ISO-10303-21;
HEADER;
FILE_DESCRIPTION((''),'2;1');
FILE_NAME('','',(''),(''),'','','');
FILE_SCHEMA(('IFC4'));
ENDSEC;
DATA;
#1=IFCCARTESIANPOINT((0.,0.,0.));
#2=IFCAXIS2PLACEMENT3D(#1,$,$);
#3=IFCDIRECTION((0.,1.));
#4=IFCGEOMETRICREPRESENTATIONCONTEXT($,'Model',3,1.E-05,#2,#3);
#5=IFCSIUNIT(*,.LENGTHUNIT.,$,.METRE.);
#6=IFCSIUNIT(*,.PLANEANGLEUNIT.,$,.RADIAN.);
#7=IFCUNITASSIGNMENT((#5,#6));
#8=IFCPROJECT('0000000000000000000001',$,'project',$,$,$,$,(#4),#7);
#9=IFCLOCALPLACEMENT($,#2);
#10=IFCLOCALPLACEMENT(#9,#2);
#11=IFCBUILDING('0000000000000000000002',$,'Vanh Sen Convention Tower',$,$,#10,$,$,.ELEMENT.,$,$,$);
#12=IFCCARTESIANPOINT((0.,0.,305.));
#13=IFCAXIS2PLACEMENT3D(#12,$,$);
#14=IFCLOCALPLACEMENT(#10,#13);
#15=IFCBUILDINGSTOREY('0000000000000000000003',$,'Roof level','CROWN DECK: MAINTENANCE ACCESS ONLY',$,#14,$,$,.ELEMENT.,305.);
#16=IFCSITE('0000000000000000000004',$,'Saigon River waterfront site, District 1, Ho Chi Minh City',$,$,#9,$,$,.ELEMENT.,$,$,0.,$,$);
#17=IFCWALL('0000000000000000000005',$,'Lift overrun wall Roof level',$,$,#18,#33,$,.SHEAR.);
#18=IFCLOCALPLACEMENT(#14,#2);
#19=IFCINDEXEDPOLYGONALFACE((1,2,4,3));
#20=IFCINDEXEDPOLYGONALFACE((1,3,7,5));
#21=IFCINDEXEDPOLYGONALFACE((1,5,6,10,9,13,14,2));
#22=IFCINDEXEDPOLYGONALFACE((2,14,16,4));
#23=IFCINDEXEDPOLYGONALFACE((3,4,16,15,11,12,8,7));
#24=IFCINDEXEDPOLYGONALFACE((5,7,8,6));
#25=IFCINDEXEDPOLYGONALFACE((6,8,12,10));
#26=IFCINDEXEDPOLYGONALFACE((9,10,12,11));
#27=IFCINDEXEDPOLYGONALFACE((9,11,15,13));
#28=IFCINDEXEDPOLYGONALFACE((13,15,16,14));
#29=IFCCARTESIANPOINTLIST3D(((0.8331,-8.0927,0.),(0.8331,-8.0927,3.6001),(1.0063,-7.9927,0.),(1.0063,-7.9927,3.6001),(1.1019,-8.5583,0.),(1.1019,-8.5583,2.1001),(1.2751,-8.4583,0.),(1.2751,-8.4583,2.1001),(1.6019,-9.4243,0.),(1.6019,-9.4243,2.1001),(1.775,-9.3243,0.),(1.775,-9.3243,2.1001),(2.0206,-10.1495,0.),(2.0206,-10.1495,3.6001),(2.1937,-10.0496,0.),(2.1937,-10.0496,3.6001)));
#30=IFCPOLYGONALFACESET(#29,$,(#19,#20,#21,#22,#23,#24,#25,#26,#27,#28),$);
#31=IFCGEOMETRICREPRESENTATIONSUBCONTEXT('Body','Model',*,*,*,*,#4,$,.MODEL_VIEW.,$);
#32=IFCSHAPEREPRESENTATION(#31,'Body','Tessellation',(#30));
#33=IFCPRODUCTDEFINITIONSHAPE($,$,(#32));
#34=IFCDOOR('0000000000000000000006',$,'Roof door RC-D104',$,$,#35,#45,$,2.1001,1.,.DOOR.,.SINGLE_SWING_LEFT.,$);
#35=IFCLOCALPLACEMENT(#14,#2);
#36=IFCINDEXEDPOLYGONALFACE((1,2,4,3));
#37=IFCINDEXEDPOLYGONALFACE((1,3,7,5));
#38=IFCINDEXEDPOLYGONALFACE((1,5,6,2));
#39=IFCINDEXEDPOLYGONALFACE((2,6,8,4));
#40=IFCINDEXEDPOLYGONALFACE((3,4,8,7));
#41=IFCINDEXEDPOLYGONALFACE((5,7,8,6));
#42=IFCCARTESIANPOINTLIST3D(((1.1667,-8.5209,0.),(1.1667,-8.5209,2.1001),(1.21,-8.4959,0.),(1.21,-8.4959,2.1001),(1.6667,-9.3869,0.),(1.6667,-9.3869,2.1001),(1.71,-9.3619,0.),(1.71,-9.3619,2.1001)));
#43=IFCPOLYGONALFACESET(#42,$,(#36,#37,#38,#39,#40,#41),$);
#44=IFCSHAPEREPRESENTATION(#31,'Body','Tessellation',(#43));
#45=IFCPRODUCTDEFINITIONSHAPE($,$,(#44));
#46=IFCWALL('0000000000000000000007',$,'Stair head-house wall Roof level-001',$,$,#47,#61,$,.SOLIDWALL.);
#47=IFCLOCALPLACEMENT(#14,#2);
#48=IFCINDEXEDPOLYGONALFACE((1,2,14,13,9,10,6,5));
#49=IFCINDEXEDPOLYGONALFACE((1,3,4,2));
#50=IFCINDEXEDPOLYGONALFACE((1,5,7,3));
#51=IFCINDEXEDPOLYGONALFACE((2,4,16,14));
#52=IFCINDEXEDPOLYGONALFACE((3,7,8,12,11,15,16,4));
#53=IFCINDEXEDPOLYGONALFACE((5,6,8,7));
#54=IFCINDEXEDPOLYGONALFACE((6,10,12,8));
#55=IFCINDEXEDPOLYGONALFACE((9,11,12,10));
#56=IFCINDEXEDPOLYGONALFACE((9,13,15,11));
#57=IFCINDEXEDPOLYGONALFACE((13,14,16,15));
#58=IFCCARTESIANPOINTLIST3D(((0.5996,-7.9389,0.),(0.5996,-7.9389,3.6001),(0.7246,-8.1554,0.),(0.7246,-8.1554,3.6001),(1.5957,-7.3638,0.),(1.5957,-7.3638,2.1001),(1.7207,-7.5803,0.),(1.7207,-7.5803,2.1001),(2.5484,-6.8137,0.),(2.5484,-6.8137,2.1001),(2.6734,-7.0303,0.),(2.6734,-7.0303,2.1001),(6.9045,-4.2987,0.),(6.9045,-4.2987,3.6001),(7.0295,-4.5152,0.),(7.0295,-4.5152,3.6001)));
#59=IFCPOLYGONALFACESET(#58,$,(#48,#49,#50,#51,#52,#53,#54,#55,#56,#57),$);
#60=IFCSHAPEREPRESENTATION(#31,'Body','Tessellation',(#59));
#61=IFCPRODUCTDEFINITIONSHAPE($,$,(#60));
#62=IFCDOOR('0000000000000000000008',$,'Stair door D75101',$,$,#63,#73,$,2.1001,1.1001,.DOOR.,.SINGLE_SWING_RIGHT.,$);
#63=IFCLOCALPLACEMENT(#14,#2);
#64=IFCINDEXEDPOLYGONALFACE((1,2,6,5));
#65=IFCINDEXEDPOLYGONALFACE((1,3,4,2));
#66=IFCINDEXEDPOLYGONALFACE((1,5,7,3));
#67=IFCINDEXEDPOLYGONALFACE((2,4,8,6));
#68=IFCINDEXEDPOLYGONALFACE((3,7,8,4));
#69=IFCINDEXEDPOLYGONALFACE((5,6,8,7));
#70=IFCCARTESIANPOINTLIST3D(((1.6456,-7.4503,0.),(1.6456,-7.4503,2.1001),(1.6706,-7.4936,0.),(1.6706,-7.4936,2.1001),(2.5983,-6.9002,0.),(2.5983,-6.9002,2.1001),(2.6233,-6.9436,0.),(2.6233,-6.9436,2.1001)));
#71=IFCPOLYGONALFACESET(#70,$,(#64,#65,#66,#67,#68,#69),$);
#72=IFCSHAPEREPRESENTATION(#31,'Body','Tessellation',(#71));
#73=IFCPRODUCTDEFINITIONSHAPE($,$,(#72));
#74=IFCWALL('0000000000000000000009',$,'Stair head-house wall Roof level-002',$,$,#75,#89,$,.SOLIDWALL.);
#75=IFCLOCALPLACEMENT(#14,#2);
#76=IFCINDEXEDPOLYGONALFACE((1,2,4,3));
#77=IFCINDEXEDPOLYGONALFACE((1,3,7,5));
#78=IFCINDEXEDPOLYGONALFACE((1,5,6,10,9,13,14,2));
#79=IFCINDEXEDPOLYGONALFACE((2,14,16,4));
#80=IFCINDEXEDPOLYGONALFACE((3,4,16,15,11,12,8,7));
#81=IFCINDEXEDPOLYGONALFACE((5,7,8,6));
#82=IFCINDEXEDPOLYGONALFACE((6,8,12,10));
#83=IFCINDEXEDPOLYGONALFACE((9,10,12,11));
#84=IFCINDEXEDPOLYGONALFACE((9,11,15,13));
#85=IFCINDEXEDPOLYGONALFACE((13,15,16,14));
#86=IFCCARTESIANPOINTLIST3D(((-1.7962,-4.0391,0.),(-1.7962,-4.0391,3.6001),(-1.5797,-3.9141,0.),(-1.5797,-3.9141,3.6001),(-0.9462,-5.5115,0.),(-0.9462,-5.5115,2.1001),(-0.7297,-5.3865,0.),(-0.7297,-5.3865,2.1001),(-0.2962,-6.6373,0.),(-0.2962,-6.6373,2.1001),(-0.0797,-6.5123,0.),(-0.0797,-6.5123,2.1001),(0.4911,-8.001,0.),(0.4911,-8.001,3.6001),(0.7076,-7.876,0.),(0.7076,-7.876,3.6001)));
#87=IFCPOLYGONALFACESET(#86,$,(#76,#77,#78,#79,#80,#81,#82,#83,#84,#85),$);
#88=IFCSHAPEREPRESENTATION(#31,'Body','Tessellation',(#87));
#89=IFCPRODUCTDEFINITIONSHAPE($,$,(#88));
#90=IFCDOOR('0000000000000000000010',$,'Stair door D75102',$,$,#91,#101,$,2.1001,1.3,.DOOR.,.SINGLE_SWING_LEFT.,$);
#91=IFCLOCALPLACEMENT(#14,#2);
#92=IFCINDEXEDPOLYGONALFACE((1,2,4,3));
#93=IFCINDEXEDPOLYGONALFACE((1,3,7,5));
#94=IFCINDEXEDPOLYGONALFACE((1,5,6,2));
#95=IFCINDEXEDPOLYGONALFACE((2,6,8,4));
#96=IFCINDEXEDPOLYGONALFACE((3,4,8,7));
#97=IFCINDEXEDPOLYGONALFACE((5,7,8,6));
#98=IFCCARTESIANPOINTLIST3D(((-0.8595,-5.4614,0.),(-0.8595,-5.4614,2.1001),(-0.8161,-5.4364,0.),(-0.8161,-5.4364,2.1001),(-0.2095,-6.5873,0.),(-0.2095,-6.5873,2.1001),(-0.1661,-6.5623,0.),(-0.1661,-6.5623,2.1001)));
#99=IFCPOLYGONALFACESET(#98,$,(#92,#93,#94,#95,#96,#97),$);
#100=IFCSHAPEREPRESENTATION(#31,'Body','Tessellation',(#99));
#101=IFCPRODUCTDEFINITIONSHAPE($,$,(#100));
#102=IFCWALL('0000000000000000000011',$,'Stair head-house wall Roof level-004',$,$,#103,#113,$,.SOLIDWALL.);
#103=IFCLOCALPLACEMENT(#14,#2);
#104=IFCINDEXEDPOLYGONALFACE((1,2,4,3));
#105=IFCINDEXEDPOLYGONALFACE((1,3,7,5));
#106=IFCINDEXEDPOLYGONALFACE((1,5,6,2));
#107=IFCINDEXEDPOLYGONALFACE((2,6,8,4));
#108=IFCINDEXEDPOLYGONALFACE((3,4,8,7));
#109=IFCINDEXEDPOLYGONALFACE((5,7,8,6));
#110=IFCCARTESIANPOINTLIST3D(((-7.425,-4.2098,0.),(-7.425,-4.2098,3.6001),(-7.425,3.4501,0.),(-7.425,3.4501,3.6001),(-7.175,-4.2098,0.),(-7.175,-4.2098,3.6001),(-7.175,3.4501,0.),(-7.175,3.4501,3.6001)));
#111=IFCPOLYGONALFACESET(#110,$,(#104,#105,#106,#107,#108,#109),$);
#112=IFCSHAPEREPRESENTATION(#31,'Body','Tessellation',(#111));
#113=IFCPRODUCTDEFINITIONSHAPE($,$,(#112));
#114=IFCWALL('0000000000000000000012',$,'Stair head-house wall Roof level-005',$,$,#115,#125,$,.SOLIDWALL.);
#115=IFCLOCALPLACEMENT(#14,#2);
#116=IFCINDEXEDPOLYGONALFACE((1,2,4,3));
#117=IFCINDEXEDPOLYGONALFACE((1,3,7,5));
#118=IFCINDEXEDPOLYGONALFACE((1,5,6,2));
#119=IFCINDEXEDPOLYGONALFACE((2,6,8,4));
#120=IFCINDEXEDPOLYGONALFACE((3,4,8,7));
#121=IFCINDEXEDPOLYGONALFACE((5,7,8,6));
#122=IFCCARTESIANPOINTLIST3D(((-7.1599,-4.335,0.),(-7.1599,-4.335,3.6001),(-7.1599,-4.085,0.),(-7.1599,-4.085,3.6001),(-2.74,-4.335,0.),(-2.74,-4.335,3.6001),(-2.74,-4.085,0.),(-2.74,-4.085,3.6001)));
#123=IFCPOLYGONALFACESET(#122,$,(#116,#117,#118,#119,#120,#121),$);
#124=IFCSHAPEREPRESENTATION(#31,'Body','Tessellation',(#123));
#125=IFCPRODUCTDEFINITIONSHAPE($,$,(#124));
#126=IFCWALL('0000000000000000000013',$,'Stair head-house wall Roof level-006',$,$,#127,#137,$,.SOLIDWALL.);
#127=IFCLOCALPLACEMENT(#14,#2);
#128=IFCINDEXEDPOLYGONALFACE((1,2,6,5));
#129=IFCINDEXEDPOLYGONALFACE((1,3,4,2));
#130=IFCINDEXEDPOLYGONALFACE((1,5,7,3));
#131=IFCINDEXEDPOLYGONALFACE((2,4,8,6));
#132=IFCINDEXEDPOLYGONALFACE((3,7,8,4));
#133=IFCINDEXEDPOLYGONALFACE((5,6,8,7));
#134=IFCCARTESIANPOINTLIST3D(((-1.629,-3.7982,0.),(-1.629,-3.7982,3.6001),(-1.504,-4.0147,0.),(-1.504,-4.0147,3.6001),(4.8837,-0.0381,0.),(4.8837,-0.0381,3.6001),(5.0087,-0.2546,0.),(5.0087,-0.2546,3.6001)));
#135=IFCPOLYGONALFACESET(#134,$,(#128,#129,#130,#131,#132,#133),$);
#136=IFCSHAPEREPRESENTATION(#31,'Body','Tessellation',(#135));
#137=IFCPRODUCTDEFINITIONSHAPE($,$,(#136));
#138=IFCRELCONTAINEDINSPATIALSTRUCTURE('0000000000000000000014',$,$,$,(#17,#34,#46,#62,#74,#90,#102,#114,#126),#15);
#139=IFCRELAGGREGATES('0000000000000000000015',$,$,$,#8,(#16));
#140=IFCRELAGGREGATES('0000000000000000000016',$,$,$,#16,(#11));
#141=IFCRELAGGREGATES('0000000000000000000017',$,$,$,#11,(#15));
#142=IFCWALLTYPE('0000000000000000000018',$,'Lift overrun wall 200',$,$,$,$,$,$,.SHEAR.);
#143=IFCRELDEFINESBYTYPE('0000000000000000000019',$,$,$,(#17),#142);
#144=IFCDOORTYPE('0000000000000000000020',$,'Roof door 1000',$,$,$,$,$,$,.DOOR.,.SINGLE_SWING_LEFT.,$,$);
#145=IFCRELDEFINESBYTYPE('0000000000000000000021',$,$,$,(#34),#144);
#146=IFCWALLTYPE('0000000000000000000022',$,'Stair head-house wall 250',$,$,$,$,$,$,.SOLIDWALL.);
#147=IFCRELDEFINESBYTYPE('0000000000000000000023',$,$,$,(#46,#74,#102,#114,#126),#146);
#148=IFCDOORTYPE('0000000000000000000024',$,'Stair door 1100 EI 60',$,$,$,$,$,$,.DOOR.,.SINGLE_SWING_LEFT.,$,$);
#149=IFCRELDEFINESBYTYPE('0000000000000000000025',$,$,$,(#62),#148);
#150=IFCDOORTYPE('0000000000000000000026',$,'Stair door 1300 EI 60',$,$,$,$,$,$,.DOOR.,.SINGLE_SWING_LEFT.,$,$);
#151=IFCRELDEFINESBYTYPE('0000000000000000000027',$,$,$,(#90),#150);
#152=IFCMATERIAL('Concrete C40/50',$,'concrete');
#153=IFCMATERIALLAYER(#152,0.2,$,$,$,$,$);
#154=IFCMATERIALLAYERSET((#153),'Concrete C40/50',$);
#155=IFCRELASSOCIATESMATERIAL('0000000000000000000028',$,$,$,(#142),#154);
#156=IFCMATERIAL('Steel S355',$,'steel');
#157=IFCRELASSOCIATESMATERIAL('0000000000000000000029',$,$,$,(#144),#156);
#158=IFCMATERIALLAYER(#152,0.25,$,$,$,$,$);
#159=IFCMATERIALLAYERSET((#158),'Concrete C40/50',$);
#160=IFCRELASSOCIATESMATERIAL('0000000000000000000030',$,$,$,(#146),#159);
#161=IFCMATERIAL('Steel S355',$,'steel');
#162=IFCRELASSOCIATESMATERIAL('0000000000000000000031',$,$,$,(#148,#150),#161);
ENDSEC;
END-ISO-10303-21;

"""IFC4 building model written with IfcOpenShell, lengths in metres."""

from ifc_helpers import new_model, si_unit, direction, frame, frame_2d, origin, place, context, subcontext, project, spatial, rectangle, extrude, material, layer, layer_set, type_object, element, fill, save


model = new_model("IFC4")

# Units and contexts
model_context = context("Model", 3, precision=1e-05, world=origin(), true_north=direction((0.0, 1.0)))
body_context = subcontext(model_context, "Body", "Model", "MODEL_VIEW")
ifc_project = project(units=[si_unit("LENGTHUNIT", "METRE"), si_unit("PLANEANGLEUNIT", "RADIAN")], contexts=[model_context])

# Site, building, storey
site_placement = place(None, origin())
site = spatial("IfcSite", under=ifc_project, at=site_placement, Name="Saigon River waterfront site, District 1, Ho Chi Minh City", CompositionType="ELEMENT", RefElevation=0.0)
building_placement = place(site_placement, origin())
building = spatial("IfcBuilding", under=site, at=building_placement, Name="Vanh Sen Convention Tower", CompositionType="ELEMENT")
storey_placement = place(building_placement, frame((0.0, 0.0, 305.0)))
storey = spatial("IfcBuildingStorey", under=building, at=storey_placement, Name="Roof level", Description="CROWN DECK: MAINTENANCE ACCESS ONLY", CompositionType="ELEMENT", Elevation=305.0)

# Shared definitions
ifc_material_1 = material(Name="Concrete C40/50", Category="concrete")

# Walls, openings, doors
ifc_layer_1 = layer(ifc_material_1, 0.2)
ifc_layer_set_1 = layer_set([ifc_layer_1], Name="Concrete C40/50")
wall_type_1 = type_object("IfcWallType", Name="Lift overrun wall 200", PredefinedType="SHEAR", material=ifc_layer_set_1)
wall_1_placement = place(storey_placement, frame((0.9197, -8.0427, 0.0), z_axis=(0.0, 0.0, 1.0), x_axis=(0.499986, -0.866033, 0.0)))
wall_1 = element("IfcWall", 1, at=wall_1_placement, inside=storey, type_object=wall_type_1, Name="Lift overrun wall Roof level", PredefinedType="SHEAR", context=body_context, shape_type="SweptSolid", body=[
    extrude(rectangle(XDim=2.375, YDim=0.2, at=frame_2d((1.1875, 0.0))), origin(), (0.0, 0.0, 1.0), 3.6001),
])
opening_1_placement = place(wall_1_placement, frame((0.5376, 0.0, 0.0)))
opening_1 = element("IfcOpeningElement", 2, at=opening_1_placement, cuts=wall_1, PredefinedType="OPENING", context=body_context, shape_type="SweptSolid", body=[
    extrude(rectangle(XDim=1.0, YDim=2.1001, at=frame_2d((0.5, 1.05))), frame((0.0, 0.1099, 0.0), z_axis=(0.0, -1.0, 0.0), x_axis=(1.0, 0.0, 0.0)), (0.0, 0.0, 1.0), 0.22),
])
ifc_material_2 = material(Name="Steel S355", Category="steel")
door_type_1 = type_object("IfcDoorType", Name="Roof door 1000", OperationType="SINGLE_SWING_LEFT", PredefinedType="DOOR", material=ifc_material_2)
door_1_placement = place(opening_1_placement, origin())
door_1 = element("IfcDoor", 3, at=door_1_placement, inside=storey, type_object=door_type_1, Name="Roof door RC-D104", OperationType="SINGLE_SWING_LEFT", OverallHeight=2.1001, OverallWidth=1.0, PredefinedType="DOOR", context=body_context, shape_type="SweptSolid", body=[
    extrude(rectangle(XDim=1.0, YDim=2.1001, at=frame_2d((0.5, 1.05))), frame((0.0, 0.0249, 0.0), z_axis=(0.0, -1.0, 0.0), x_axis=(1.0, 0.0, 0.0)), (0.0, 0.0, 1.0), 0.05),
])
fill(opening_1, door_1)
ifc_layer_2 = layer(ifc_material_1, 0.25)
ifc_layer_set_2 = layer_set([ifc_layer_2], Name="Concrete C40/50")
wall_type_2 = type_object("IfcWallType", Name="Stair head-house wall 250", PredefinedType="SOLIDWALL", material=ifc_layer_set_2)
wall_2_placement = place(storey_placement, frame((0.6621, -8.0471, 0.0), z_axis=(0.0, 0.0, 1.0), x_axis=(0.866026, 0.499998, 0.0)))
wall_2 = element("IfcWall", 4, at=wall_2_placement, inside=storey, type_object=wall_type_2, Name="Stair head-house wall Roof level-001", PredefinedType="SOLIDWALL", context=body_context, shape_type="SweptSolid", body=[
    extrude(rectangle(XDim=7.2803, YDim=0.25, at=frame_2d((3.6401, 0.0))), origin(), (0.0, 0.0, 1.0), 3.6001),
])
opening_2_placement = place(wall_2_placement, frame((1.1501, 0.0, 0.0)))
opening_2 = element("IfcOpeningElement", 5, at=opening_2_placement, cuts=wall_2, PredefinedType="OPENING", context=body_context, shape_type="SweptSolid", body=[
    extrude(rectangle(XDim=1.1001, YDim=2.1001, at=frame_2d((0.55, 1.05))), frame((0.0, 0.135, 0.0), z_axis=(0.0, -1.0, 0.0), x_axis=(1.0, 0.0, 0.0)), (0.0, 0.0, 1.0), 0.27),
])
ifc_material_3 = material(Name="Steel S355", Category="steel")
door_type_2 = type_object("IfcDoorType", Name="Stair door 1100 EI 60", OperationType="SINGLE_SWING_LEFT", PredefinedType="DOOR", material=ifc_material_3)
door_2_placement = place(opening_2_placement, frame((1.1001, 0.0, 0.0), z_axis=(0.0, 0.0, 1.0), x_axis=(-1.0, 0.0, 0.0)))
door_2 = element("IfcDoor", 6, at=door_2_placement, inside=storey, type_object=door_type_2, Name="Stair door D75101", OperationType="SINGLE_SWING_RIGHT", OverallHeight=2.1001, OverallWidth=1.1001, PredefinedType="DOOR", context=body_context, shape_type="SweptSolid", body=[
    extrude(rectangle(XDim=1.1001, YDim=2.1001, at=frame_2d((0.55, 1.05))), frame((0.0, 0.0249, 0.0), z_axis=(0.0, -1.0, 0.0), x_axis=(1.0, 0.0, 0.0)), (0.0, 0.0, 1.0), 0.05),
])
fill(opening_2, door_2)
wall_3_placement = place(storey_placement, frame((0.5994, -7.9385, 0.0), z_axis=(0.0, 0.0, 1.0), x_axis=(-0.49999, 0.866031, 0.0)))
wall_3 = element("IfcWall", 7, at=wall_3_placement, inside=storey, type_object=wall_type_2, Name="Stair head-house wall Roof level-002", PredefinedType="SOLIDWALL", context=body_context, shape_type="SweptSolid", body=[
    extrude(rectangle(XDim=4.5747, YDim=0.25, at=frame_2d((2.2874, 0.0))), origin(), (0.0, 0.0, 1.0), 3.6001),
])
opening_3_placement = place(wall_3_placement, frame((1.5747, 0.0, 0.0)))
opening_3 = element("IfcOpeningElement", 8, at=opening_3_placement, cuts=wall_3, PredefinedType="OPENING", context=body_context, shape_type="SweptSolid", body=[
    extrude(rectangle(XDim=1.3, YDim=2.1001, at=frame_2d((0.6499, 1.05))), frame((0.0, 0.135, 0.0), z_axis=(0.0, -1.0, 0.0), x_axis=(1.0, 0.0, 0.0)), (0.0, 0.0, 1.0), 0.27),
])
door_type_3 = type_object("IfcDoorType", Name="Stair door 1300 EI 60", OperationType="SINGLE_SWING_LEFT", PredefinedType="DOOR", material=ifc_material_3)
door_3_placement = place(opening_3_placement, origin())
door_3 = element("IfcDoor", 9, at=door_3_placement, inside=storey, type_object=door_type_3, Name="Stair door D75102", OperationType="SINGLE_SWING_LEFT", OverallHeight=2.1001, OverallWidth=1.3, PredefinedType="DOOR", context=body_context, shape_type="SweptSolid", body=[
    extrude(rectangle(XDim=1.3, YDim=2.1001, at=frame_2d((0.6499, 1.05))), frame((0.0, 0.0249, 0.0), z_axis=(0.0, -1.0, 0.0), x_axis=(1.0, 0.0, 0.0)), (0.0, 0.0, 1.0), 0.05),
])
fill(opening_3, door_3)

# Walls
wall_4_placement = place(storey_placement, frame((-7.3, -4.21, 0.0), z_axis=(0.0, 0.0, 1.0), x_axis=(0.0, 1.0, 0.0)))
element("IfcWall", 10, at=wall_4_placement, inside=storey, type_object=wall_type_2, Name="Stair head-house wall Roof level-004", PredefinedType="SOLIDWALL", context=body_context, shape_type="SweptSolid", body=[
    extrude(rectangle(XDim=7.6599, YDim=0.25, at=frame_2d((3.8301, 0.0))), origin(), (0.0, 0.0, 1.0), 3.6001),
])
wall_5_placement = place(storey_placement, frame((-2.74, -4.21, 0.0), z_axis=(0.0, 0.0, 1.0), x_axis=(-1.0, 0.0, 0.0)))
element("IfcWall", 11, at=wall_5_placement, inside=storey, type_object=wall_type_2, Name="Stair head-house wall Roof level-005", PredefinedType="SOLIDWALL", context=body_context, shape_type="SweptSolid", body=[
    extrude(rectangle(XDim=4.4199, YDim=0.25, at=frame_2d((2.21, 0.0))), origin(), (0.0, 0.0, 1.0), 3.6001),
])
wall_6_placement = place(storey_placement, frame((-1.5667, -3.9065, 0.0), z_axis=(0.0, 0.0, 1.0), x_axis=(0.866031, 0.49999, 0.0)))
element("IfcWall", 12, at=wall_6_placement, inside=storey, type_object=wall_type_2, Name="Stair head-house wall Roof level-006", PredefinedType="SOLIDWALL", context=body_context, shape_type="SweptSolid", body=[
    extrude(rectangle(XDim=7.5203, YDim=0.25, at=frame_2d((3.7603, 0.0))), origin(), (0.0, 0.0, 1.0), 3.6001),
])

save(model, "model.ifc")
